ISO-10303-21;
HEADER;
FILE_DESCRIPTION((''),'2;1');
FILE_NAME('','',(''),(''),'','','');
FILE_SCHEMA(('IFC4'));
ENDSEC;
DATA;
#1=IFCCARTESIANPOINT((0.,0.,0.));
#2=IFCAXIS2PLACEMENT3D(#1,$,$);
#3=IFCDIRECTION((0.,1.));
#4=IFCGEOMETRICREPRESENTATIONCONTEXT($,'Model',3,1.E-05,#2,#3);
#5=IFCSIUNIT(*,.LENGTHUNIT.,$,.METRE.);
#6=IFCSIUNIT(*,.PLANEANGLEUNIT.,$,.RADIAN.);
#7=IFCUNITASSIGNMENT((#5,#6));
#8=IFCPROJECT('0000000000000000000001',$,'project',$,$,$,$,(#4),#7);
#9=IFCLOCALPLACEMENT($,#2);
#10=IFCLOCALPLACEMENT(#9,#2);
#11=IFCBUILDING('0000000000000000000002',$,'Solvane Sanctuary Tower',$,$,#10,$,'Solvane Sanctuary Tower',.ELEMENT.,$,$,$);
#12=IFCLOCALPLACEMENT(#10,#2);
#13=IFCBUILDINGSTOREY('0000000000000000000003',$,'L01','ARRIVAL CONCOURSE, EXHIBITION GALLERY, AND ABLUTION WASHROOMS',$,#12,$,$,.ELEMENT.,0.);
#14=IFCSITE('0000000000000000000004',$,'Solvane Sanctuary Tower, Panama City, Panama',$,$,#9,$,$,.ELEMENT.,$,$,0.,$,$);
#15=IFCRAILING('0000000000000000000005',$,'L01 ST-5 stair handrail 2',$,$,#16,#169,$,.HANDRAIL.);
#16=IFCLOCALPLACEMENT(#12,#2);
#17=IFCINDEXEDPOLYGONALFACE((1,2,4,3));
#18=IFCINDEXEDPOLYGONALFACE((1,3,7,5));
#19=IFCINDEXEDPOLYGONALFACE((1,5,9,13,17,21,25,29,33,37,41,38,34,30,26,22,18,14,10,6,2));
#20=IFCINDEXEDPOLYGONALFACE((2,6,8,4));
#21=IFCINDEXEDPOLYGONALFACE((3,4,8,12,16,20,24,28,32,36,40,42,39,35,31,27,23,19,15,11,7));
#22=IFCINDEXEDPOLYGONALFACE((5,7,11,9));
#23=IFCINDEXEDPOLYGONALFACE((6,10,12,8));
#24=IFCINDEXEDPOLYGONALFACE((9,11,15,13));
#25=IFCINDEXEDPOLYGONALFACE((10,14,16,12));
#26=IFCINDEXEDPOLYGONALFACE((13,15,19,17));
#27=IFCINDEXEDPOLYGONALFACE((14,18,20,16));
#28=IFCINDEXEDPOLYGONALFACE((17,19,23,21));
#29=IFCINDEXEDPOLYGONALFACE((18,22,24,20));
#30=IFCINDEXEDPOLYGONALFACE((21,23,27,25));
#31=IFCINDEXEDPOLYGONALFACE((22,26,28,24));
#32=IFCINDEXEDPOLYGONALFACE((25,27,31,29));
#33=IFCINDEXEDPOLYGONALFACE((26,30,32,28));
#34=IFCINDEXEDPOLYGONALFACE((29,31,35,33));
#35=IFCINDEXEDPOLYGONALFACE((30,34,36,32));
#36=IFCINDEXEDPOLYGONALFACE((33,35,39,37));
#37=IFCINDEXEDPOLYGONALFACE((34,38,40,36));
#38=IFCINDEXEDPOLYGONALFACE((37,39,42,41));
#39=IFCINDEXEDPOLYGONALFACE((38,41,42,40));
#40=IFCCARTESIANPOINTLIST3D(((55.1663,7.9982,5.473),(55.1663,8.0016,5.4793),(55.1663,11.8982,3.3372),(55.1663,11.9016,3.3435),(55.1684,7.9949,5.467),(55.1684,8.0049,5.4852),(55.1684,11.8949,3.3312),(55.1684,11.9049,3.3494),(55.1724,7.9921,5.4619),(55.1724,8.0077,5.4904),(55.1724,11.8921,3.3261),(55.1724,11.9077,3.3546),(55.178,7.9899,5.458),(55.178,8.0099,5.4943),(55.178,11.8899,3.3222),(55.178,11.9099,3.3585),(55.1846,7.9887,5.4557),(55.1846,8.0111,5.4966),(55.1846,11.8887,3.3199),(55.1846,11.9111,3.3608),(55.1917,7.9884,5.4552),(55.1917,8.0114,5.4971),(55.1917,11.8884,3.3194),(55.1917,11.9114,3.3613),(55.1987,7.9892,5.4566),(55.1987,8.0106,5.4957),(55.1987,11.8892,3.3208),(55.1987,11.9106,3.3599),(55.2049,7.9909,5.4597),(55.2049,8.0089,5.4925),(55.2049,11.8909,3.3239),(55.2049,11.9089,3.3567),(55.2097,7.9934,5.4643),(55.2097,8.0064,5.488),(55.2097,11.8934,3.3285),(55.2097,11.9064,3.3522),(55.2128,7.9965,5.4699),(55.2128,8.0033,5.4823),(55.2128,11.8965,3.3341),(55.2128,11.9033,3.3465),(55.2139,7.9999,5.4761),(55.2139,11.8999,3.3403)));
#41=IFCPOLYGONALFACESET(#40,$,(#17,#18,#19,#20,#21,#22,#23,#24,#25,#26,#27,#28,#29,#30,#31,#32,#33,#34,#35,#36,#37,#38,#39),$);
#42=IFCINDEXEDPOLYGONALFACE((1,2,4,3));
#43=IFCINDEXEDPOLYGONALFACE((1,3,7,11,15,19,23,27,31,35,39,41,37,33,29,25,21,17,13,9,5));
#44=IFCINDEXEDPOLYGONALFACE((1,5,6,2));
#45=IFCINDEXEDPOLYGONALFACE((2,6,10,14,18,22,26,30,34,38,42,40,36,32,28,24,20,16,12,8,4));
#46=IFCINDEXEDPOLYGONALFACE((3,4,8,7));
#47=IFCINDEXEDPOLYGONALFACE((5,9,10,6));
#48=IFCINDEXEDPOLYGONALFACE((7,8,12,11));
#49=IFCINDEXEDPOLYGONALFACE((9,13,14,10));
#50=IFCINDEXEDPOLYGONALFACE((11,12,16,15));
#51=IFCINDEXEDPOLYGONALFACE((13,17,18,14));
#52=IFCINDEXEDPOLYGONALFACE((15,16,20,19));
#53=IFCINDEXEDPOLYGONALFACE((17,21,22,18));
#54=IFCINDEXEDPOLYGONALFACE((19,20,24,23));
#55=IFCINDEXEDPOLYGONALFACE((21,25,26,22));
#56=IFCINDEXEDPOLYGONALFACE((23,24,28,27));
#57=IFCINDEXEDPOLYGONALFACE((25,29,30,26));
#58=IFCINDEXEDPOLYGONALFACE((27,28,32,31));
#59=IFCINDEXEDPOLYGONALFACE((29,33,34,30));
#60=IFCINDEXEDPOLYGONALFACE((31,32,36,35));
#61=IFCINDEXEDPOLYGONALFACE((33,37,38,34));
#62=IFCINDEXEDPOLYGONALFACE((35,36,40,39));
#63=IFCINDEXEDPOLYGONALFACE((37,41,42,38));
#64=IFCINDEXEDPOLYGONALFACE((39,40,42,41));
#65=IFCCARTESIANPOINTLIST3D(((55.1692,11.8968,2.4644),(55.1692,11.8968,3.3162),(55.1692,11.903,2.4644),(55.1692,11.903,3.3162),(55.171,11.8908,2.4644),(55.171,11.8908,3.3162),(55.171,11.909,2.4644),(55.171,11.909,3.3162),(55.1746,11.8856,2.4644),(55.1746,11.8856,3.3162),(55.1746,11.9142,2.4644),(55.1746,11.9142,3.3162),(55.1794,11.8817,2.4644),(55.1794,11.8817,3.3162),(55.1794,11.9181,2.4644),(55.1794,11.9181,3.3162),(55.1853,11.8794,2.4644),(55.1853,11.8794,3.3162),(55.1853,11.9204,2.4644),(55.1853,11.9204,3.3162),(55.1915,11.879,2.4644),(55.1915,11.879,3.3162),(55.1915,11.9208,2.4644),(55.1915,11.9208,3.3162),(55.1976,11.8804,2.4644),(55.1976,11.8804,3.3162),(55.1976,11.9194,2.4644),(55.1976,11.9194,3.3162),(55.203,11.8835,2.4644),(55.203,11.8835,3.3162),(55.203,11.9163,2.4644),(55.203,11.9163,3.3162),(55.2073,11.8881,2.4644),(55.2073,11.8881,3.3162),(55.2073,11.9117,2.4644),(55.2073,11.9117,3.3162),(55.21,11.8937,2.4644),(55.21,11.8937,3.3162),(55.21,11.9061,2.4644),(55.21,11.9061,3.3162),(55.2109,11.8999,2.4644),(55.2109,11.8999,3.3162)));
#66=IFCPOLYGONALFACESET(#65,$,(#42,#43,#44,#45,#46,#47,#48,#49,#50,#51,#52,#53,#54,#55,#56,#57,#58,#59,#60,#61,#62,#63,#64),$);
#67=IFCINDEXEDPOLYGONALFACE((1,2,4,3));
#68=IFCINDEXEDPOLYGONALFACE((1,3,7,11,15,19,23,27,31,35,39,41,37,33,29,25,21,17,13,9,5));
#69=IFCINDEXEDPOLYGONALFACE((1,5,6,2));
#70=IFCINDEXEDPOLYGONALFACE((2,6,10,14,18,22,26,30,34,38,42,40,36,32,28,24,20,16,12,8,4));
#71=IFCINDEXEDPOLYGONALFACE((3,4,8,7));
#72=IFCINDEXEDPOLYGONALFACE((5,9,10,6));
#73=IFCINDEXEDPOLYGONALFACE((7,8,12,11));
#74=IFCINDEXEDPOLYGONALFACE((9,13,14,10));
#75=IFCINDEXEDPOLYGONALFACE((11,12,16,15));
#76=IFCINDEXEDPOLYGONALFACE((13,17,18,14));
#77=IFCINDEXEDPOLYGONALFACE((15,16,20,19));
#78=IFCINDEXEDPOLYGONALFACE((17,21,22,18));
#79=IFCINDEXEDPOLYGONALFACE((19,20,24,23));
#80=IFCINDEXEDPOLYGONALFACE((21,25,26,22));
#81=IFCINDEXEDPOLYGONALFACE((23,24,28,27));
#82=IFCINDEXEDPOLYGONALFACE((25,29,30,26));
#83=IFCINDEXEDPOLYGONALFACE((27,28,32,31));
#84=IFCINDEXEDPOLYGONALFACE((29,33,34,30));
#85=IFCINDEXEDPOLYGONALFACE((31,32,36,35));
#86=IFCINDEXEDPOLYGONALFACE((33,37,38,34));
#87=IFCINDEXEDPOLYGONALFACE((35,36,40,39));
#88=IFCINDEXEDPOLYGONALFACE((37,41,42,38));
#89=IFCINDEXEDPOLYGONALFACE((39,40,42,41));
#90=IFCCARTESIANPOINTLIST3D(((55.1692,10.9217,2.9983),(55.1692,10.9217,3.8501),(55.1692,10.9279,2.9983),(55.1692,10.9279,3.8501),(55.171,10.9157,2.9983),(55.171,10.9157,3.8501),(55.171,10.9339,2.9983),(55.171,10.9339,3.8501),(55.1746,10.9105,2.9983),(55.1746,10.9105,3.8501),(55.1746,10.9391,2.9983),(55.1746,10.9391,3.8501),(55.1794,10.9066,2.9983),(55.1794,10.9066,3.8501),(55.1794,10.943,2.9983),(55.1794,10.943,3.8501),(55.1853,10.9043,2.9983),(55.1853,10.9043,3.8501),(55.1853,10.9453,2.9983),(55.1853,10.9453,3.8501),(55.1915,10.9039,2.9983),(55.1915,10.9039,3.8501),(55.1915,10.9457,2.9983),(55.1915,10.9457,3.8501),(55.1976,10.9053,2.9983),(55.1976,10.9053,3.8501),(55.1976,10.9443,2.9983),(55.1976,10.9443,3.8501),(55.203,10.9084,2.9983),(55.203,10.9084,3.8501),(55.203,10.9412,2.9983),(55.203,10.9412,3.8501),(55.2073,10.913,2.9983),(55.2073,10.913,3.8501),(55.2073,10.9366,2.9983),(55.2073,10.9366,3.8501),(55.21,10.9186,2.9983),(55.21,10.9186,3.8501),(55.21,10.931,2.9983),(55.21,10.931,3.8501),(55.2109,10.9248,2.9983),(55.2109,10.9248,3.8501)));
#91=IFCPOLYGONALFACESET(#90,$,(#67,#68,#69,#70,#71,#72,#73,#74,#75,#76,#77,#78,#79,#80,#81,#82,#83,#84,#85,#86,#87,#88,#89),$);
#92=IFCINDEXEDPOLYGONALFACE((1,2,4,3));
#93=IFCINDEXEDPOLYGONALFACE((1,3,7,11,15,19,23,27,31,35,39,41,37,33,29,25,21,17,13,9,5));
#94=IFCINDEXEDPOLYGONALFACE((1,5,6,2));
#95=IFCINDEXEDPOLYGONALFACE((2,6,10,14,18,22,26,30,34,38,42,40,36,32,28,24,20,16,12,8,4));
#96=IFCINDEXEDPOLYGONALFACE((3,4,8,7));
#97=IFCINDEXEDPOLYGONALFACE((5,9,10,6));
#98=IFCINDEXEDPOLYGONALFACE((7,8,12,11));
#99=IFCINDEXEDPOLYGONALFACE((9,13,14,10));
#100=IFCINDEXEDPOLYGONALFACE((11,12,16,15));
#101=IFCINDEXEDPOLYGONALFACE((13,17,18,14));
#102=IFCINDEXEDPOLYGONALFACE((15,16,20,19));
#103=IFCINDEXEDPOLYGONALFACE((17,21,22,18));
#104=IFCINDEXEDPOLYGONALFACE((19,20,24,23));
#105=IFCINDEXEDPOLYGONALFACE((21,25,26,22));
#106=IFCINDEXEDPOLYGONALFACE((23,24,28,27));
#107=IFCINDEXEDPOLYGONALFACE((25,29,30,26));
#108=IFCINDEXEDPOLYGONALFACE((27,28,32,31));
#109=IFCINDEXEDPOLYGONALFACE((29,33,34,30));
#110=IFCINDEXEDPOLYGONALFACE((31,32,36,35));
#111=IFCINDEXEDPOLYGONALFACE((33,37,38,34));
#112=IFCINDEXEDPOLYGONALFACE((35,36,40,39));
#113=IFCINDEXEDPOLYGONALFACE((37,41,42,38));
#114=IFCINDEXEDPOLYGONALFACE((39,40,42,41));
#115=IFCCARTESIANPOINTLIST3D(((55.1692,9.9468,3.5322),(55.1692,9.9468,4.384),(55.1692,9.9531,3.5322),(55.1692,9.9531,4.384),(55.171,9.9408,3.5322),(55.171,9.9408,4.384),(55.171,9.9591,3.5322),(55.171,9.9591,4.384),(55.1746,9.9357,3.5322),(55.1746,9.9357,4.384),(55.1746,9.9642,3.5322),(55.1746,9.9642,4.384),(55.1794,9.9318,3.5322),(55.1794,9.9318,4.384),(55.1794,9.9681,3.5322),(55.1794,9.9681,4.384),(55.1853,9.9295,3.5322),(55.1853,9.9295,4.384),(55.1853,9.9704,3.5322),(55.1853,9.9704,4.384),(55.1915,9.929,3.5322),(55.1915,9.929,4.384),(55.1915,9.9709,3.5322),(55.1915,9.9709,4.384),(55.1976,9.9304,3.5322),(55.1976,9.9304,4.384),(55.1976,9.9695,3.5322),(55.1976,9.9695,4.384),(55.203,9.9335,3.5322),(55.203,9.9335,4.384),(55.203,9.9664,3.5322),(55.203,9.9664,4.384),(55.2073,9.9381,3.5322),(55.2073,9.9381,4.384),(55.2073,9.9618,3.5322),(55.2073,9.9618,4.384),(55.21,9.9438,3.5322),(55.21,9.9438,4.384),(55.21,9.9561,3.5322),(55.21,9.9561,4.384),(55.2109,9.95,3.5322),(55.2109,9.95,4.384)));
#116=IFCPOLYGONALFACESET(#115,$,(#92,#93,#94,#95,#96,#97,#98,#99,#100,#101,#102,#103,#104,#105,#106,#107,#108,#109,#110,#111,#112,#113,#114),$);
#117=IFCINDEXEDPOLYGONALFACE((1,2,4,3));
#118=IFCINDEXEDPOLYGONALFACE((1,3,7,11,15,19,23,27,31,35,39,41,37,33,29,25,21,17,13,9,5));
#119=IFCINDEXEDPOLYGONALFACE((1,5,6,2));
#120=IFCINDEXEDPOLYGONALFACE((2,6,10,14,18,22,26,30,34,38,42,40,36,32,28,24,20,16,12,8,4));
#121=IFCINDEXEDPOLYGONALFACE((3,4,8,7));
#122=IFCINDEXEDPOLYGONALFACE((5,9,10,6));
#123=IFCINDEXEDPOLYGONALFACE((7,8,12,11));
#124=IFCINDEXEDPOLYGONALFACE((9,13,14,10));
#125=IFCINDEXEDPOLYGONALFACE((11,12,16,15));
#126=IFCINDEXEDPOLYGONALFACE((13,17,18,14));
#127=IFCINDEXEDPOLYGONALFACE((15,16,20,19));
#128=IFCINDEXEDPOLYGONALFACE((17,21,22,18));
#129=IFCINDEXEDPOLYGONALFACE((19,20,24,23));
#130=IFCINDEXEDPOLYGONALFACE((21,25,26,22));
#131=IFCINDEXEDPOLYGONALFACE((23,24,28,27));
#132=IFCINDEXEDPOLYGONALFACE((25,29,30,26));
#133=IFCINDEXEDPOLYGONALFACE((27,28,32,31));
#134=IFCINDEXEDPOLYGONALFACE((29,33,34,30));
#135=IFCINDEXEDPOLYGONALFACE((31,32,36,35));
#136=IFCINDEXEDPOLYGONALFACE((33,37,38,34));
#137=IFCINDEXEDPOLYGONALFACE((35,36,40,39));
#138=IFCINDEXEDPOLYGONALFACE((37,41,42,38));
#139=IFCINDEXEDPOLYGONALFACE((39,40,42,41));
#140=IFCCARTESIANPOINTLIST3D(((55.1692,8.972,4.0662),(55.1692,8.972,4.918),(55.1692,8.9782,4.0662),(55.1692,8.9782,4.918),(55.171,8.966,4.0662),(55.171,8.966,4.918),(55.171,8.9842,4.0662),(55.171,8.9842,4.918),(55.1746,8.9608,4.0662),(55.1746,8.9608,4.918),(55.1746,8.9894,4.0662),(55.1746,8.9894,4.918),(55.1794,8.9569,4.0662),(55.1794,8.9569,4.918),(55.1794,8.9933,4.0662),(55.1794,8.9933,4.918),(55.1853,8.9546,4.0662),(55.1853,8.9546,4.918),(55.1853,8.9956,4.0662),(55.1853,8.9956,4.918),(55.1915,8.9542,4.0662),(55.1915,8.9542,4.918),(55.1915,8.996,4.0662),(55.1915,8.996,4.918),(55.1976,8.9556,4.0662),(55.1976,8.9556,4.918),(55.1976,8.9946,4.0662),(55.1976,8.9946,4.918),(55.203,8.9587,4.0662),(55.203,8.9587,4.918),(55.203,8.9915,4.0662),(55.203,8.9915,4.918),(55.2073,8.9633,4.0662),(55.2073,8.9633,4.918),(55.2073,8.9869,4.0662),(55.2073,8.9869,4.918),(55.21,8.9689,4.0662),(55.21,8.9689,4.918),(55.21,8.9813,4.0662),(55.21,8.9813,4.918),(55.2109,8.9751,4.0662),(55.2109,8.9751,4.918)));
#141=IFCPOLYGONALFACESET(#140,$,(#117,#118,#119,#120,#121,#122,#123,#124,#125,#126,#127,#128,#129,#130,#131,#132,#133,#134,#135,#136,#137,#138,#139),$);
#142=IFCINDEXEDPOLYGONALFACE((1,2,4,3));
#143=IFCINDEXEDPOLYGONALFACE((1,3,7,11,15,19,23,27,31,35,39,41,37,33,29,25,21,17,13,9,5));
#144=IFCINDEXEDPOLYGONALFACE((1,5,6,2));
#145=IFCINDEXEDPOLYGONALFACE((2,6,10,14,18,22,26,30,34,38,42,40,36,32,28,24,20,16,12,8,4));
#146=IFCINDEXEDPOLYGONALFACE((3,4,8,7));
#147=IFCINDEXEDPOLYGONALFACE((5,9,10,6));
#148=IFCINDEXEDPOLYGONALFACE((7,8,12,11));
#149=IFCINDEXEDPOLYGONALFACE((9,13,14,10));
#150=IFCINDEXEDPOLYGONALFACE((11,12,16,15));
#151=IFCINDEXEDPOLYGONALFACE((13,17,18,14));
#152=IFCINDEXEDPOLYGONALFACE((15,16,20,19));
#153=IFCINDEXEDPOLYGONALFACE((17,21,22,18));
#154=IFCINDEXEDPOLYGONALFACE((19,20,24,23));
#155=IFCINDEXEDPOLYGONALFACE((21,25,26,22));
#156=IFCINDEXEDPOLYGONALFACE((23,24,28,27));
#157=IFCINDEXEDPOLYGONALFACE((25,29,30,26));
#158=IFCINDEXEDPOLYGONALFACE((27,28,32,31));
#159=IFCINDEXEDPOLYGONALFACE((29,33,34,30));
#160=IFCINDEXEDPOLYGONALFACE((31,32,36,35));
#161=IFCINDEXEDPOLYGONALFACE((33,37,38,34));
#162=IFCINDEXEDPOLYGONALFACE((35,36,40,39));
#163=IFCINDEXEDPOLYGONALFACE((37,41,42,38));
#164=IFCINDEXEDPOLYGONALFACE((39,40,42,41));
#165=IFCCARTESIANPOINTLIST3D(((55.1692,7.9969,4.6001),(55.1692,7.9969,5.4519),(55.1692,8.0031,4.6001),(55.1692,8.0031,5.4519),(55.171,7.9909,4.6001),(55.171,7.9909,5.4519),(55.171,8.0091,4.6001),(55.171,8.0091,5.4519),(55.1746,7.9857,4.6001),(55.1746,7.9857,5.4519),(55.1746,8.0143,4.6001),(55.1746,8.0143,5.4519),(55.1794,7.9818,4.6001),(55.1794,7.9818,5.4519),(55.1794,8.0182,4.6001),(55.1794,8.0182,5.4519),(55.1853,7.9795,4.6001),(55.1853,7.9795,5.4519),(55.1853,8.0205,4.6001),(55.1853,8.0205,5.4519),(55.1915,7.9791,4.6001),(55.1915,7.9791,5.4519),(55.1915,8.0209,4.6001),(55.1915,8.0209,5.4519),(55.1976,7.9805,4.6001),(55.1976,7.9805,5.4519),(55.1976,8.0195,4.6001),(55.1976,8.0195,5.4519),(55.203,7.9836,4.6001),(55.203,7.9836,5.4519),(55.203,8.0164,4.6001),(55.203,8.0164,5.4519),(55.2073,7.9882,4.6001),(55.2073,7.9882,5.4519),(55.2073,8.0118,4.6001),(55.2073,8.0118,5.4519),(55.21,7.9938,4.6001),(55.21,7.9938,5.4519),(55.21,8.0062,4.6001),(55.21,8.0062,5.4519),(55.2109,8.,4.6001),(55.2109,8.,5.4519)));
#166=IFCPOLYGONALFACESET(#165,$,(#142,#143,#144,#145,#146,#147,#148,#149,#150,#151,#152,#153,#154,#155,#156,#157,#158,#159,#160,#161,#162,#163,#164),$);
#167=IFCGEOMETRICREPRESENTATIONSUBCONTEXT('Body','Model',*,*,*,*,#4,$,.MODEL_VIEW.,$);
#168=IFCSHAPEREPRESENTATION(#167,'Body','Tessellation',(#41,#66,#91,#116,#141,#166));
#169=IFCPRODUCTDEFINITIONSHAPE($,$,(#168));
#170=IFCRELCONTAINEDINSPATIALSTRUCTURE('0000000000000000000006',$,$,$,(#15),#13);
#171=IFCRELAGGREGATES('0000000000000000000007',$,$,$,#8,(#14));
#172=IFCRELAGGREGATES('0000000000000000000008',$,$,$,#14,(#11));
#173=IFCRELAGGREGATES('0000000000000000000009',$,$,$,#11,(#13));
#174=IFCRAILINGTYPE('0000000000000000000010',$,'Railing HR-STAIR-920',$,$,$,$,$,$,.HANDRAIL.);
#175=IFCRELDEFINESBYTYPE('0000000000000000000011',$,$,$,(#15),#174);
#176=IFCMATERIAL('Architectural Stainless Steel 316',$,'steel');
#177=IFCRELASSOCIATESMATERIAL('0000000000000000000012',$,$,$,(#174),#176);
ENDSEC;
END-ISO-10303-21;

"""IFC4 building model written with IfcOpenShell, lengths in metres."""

from ifc_helpers import new_model, si_unit, direction, frame, origin, origin_2d, place, context, subcontext, project, spatial, circle, extrude, material, type_object, element, save


model = new_model("IFC4")

# Units and contexts
model_context = context("Model", 3, precision=1e-05, world=origin(), true_north=direction((0.0, 1.0)))
body_context = subcontext(model_context, "Body", "Model", "MODEL_VIEW")
ifc_project = project(units=[si_unit("LENGTHUNIT", "METRE"), si_unit("PLANEANGLEUNIT", "RADIAN")], contexts=[model_context])

# Site, building, storey
site_placement = place(None, origin())
site = spatial("IfcSite", under=ifc_project, at=site_placement, Name="Solvane Sanctuary Tower, Panama City, Panama", CompositionType="ELEMENT", RefElevation=0.0)
building_placement = place(site_placement, origin())
building = spatial("IfcBuilding", under=site, at=building_placement, Name="Solvane Sanctuary Tower", LongName="Solvane Sanctuary Tower", CompositionType="ELEMENT")
storey_placement = place(building_placement, origin())
storey = spatial("IfcBuildingStorey", under=building, at=storey_placement, Name="L01", Description="ARRIVAL CONCOURSE, EXHIBITION GALLERY, AND ABLUTION WASHROOMS", CompositionType="ELEMENT", Elevation=0.0)

# Shared definitions
ifc_material_1 = material(Name="Architectural Stainless Steel 316", Category="steel")

# Railing
railing_type_1 = type_object("IfcRailingType", Name="Railing HR-STAIR-920", PredefinedType="HANDRAIL", material=ifc_material_1)
railing_1_placement = place(storey_placement, frame((55.1899, 11.8999, 2.4644)))
element("IfcRailing", 1, at=railing_1_placement, inside=storey, type_object=railing_type_1, Name="L01 ST-5 stair handrail 2", PredefinedType="HANDRAIL", context=body_context, shape_type="SweptSolid", body=[
    extrude(circle(Radius=0.0239, at=origin_2d()), frame((0.0, 0.0, 0.876), z_axis=(0.0, -0.877089, 0.480329), x_axis=(1.0, 0.0, 0.0)), (0.0, 0.0, 1.0), 4.4465),
    extrude(circle(Radius=0.021, at=origin_2d()), origin(), (0.0, 0.0, 1.0), 0.8518),
    extrude(circle(Radius=0.021, at=origin_2d()), frame((0.0, -0.9751, 0.5339)), (0.0, 0.0, 1.0), 0.8518),
    extrude(circle(Radius=0.021, at=origin_2d()), frame((0.0, -1.95, 1.0679)), (0.0, 0.0, 1.0), 0.8518),
    extrude(circle(Radius=0.021, at=origin_2d()), frame((0.0, -2.9248, 1.6018)), (0.0, 0.0, 1.0), 0.8518),
    extrude(circle(Radius=0.021, at=origin_2d()), frame((0.0, -3.8999, 2.1357)), (0.0, 0.0, 1.0), 0.8518),
])

save(model, "model.ifc")
